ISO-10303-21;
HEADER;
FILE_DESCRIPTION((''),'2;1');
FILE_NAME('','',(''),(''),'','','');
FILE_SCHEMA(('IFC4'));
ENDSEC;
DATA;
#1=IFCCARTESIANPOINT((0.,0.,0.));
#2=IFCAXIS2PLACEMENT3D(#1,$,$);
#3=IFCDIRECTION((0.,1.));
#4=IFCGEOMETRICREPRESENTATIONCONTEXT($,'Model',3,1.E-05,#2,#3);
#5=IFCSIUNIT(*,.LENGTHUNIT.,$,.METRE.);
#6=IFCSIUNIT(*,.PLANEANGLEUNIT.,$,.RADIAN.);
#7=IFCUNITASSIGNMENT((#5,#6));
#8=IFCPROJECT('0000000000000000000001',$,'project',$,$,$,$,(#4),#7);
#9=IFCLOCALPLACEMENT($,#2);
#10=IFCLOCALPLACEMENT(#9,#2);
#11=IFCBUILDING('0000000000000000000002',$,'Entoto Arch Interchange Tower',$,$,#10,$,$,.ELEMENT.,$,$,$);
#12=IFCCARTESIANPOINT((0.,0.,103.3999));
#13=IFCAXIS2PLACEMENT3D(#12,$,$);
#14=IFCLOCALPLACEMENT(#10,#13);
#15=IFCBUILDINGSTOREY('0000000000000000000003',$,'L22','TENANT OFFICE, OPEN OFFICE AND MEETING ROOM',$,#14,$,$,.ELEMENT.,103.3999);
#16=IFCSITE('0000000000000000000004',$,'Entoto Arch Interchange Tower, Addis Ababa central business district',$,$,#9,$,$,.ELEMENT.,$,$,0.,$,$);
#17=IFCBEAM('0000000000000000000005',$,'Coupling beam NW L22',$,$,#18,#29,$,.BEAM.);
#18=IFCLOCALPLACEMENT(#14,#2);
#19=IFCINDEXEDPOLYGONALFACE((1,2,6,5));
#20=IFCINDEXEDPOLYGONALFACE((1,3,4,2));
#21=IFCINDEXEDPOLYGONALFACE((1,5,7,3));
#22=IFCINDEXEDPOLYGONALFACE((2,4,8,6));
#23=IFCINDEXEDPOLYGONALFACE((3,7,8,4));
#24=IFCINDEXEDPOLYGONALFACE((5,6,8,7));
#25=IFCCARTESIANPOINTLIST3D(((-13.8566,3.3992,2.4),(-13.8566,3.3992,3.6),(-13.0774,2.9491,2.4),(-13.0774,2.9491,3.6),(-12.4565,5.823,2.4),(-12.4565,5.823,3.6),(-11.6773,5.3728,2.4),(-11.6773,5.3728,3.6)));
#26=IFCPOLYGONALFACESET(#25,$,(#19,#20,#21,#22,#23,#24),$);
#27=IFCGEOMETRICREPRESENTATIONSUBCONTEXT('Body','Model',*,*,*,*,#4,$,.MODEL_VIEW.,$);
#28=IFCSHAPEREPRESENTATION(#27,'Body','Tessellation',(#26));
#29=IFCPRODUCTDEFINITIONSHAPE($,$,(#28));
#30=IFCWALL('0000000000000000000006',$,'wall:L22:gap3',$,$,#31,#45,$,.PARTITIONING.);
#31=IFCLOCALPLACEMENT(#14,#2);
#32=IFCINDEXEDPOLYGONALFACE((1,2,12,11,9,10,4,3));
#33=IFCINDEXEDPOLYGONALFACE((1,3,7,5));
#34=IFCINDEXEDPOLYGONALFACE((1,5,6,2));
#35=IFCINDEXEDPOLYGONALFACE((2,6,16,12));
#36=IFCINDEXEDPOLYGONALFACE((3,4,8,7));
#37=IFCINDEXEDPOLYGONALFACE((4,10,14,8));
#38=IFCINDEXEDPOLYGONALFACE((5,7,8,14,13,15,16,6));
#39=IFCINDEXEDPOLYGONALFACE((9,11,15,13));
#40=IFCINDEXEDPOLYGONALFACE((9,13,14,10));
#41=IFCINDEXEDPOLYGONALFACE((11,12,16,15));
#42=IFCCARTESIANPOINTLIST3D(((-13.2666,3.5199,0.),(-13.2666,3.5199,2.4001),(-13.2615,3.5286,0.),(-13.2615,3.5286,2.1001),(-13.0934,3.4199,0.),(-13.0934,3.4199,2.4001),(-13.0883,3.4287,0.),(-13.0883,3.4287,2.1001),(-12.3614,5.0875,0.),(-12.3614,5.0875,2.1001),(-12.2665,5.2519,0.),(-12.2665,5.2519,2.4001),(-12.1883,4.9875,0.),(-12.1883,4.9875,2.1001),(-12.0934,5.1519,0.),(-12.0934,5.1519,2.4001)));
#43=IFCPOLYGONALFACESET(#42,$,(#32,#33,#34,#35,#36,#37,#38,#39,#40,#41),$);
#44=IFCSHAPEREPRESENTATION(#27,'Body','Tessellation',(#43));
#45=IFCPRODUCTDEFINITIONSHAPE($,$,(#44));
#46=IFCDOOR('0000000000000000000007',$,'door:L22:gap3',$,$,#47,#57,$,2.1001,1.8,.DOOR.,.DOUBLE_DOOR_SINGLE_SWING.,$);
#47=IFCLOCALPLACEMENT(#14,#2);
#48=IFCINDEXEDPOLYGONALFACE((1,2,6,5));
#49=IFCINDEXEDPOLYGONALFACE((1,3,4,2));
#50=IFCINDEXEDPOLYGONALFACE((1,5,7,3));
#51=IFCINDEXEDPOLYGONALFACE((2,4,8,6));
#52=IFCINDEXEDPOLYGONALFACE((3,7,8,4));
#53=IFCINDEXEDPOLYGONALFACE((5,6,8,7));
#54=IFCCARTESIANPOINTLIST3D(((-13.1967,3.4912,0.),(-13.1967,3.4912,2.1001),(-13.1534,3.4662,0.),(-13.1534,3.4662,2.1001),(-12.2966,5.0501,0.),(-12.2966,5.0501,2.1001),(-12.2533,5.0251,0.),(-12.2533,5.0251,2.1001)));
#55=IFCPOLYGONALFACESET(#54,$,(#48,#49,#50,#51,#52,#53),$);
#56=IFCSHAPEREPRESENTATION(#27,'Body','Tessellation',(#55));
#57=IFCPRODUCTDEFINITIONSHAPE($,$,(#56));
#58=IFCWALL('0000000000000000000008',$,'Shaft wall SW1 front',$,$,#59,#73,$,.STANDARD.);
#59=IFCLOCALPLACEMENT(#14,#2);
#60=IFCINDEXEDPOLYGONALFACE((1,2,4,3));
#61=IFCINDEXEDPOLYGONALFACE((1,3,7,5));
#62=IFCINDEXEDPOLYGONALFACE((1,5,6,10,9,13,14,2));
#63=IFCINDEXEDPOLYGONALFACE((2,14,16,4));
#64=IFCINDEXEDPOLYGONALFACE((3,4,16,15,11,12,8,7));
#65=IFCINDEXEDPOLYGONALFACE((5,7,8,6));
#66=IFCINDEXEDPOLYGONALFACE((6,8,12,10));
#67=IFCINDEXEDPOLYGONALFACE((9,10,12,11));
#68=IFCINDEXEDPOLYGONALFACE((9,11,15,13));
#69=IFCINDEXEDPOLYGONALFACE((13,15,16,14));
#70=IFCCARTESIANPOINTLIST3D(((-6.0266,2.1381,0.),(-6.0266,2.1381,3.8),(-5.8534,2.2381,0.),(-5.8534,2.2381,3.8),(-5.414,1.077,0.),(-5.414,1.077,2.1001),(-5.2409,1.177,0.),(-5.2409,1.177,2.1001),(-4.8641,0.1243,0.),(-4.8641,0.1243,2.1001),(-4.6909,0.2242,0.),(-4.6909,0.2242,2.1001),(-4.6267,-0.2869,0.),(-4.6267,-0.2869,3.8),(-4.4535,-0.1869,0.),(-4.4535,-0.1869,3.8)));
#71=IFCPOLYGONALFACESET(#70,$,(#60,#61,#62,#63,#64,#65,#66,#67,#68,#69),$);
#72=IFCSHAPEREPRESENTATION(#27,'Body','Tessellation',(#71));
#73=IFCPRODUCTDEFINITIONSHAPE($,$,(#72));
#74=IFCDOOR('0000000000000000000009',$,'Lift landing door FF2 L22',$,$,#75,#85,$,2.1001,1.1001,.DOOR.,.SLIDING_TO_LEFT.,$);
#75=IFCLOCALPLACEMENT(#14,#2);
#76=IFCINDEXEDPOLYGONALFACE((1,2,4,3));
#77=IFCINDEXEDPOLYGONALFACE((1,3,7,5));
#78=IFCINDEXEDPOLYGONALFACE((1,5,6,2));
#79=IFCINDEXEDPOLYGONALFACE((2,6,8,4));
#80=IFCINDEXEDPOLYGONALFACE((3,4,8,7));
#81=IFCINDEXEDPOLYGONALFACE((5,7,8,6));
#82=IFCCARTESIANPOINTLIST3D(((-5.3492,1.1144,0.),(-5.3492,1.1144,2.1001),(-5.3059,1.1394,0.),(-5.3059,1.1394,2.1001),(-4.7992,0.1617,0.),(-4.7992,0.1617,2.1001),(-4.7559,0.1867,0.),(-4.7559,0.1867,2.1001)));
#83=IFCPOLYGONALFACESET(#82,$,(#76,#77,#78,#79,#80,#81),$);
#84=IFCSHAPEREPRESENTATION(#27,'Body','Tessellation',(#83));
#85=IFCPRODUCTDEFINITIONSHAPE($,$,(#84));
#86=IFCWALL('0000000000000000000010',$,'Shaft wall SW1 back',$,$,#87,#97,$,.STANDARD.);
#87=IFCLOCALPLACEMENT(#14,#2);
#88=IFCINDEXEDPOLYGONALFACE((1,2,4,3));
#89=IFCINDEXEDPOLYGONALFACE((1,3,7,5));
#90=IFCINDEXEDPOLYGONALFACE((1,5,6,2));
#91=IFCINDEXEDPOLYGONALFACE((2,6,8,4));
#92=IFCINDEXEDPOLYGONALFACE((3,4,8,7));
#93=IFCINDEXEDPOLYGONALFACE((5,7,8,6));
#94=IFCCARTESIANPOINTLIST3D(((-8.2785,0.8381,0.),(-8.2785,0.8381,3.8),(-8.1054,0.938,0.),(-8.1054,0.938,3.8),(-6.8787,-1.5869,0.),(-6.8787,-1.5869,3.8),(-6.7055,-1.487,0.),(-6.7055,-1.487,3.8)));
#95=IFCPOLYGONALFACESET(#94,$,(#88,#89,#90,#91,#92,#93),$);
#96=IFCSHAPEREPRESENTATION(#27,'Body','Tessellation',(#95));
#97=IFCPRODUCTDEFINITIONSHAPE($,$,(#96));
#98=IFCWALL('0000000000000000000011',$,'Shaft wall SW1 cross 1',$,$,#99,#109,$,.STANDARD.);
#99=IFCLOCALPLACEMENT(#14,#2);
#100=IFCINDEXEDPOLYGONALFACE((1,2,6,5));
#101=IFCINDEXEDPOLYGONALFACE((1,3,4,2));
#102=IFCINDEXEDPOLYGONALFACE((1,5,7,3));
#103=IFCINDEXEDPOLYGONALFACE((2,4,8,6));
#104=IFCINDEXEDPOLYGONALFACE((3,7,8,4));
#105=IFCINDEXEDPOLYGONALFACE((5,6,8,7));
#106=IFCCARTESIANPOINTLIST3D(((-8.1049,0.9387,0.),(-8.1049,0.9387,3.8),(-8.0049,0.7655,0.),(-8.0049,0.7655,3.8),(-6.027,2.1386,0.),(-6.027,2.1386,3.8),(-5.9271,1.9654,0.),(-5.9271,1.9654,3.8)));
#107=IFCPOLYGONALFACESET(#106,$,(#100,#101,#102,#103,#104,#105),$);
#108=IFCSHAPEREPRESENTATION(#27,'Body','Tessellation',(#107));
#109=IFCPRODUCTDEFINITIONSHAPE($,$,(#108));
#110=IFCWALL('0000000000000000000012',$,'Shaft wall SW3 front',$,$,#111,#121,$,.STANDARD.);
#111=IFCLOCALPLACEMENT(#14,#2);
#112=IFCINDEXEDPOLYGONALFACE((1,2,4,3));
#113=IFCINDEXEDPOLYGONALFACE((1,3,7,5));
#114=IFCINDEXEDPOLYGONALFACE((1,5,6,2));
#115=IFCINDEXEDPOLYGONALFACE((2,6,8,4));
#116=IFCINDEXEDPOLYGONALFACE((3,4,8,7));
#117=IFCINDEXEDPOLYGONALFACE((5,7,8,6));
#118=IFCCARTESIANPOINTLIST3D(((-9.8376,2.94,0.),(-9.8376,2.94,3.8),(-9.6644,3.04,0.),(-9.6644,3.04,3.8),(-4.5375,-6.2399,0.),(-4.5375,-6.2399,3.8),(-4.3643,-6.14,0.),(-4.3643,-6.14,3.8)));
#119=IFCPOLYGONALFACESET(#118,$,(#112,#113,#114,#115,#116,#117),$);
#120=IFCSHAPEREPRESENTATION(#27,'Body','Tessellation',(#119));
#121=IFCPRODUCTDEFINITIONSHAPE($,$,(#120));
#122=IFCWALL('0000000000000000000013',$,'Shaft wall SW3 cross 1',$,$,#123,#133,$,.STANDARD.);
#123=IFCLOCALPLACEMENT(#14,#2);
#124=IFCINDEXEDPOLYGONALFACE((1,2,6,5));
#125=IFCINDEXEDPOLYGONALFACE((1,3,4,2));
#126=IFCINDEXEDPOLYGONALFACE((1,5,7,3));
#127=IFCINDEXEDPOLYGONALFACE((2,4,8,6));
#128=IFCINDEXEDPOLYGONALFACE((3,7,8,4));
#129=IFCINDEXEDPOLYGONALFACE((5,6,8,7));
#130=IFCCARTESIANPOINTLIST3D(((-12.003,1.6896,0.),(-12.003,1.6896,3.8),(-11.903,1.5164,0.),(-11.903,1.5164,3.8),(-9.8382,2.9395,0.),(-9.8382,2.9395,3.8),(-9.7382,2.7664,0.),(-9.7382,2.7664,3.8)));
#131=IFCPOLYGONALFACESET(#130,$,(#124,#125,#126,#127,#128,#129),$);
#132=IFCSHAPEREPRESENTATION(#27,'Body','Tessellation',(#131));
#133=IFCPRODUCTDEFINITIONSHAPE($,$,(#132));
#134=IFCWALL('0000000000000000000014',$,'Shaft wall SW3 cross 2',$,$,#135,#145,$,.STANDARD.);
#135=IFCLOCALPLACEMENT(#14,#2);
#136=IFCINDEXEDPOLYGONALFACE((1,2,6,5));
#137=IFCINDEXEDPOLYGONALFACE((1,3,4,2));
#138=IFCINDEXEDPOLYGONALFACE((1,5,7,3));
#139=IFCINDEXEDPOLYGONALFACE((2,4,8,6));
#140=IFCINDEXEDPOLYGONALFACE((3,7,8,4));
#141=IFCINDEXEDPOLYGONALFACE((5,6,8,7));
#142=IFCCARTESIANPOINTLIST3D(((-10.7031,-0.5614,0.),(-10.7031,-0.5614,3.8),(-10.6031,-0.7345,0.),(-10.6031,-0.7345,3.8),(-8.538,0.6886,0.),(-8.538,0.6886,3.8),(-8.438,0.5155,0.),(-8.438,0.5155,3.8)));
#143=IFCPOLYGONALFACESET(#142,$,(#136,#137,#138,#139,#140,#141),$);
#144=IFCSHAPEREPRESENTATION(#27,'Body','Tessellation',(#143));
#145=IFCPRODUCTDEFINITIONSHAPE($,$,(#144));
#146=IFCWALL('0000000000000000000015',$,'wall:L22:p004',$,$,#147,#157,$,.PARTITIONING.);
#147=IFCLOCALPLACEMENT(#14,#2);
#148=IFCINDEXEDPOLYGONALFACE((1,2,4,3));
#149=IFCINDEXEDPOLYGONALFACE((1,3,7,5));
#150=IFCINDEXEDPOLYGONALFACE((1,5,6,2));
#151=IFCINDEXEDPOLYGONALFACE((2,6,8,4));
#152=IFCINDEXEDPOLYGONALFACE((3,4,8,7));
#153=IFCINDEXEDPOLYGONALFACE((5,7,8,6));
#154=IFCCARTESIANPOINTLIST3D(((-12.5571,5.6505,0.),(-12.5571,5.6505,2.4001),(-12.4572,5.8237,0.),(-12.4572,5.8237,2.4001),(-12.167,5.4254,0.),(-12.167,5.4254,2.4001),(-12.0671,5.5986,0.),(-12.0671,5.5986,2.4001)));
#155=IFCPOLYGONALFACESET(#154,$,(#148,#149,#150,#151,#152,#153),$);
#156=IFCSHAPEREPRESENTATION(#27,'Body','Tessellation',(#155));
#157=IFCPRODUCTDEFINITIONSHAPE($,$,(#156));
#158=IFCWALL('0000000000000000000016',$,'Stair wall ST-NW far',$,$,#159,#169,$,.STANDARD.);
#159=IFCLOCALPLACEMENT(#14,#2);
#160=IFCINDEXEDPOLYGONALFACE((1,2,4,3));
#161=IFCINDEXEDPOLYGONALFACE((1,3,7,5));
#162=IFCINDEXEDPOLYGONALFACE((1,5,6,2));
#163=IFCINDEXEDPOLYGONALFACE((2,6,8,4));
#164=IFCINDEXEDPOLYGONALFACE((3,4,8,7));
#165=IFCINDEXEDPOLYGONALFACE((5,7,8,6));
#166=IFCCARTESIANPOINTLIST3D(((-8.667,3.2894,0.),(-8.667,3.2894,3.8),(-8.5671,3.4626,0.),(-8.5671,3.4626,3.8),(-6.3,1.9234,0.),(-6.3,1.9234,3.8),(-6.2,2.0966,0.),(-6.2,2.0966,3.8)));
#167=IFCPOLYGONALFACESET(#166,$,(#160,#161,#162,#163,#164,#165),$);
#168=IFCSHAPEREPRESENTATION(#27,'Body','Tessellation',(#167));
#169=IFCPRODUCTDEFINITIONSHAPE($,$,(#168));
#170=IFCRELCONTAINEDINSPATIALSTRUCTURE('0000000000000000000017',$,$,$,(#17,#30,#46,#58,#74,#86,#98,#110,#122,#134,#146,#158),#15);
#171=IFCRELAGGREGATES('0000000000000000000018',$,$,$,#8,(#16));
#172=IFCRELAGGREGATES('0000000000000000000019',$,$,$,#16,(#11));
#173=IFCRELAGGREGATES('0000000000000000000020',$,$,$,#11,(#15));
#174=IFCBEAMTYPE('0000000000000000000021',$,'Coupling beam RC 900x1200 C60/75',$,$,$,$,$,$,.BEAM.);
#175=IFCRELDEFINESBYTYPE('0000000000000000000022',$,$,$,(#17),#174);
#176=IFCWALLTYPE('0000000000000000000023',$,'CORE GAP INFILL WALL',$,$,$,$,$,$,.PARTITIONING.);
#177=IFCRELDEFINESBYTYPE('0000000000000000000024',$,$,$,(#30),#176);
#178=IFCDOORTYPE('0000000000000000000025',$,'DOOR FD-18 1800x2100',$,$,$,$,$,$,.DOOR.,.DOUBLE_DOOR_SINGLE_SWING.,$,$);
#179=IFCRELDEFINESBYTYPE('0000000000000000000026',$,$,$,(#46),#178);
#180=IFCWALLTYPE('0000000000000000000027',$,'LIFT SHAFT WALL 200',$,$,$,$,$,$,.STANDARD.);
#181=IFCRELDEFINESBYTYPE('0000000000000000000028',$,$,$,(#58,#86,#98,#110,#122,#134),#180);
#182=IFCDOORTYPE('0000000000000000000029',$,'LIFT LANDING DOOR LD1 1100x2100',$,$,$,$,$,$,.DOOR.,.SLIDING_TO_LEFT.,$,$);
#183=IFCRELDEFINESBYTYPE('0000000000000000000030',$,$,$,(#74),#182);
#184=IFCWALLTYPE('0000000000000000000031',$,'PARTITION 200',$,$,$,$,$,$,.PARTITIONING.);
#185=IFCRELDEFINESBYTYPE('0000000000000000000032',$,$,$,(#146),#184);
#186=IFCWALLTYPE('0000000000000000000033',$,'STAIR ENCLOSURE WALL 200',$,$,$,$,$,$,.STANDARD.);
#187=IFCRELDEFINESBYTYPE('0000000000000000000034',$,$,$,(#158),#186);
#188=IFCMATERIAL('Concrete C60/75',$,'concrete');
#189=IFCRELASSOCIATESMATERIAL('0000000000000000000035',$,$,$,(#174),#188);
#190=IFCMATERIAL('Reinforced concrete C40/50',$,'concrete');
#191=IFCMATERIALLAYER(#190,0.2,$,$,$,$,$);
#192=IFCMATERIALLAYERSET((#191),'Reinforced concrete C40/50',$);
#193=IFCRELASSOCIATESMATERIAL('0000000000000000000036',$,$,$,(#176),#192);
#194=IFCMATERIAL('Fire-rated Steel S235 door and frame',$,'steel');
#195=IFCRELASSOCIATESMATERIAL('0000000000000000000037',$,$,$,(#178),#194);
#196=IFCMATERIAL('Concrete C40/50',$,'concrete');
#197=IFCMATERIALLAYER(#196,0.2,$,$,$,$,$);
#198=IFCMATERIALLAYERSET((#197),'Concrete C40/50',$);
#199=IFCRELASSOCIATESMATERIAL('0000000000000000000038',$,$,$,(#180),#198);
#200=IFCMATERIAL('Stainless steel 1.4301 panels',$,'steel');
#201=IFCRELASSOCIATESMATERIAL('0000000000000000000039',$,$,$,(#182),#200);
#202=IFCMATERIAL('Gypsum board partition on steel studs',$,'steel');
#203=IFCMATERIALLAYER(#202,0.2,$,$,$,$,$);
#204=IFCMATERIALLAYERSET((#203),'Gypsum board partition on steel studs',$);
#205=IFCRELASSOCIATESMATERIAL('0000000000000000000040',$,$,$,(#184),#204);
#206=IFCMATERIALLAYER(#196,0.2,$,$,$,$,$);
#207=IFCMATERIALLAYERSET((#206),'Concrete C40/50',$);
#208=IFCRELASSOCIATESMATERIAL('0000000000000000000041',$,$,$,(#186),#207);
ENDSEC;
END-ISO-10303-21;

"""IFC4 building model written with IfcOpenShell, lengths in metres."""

from ifc_helpers import new_model, si_unit, direction, frame, frame_2d, origin, origin_2d, place, context, subcontext, project, spatial, rectangle, extrude, material, layer, layer_set, material_profile, profile_set, type_object, element, fill, save


model = new_model("IFC4")

# Units and contexts
model_context = context("Model", 3, precision=1e-05, world=origin(), true_north=direction((0.0, 1.0)))
body_context = subcontext(model_context, "Body", "Model", "MODEL_VIEW")
ifc_project = project(units=[si_unit("LENGTHUNIT", "METRE"), si_unit("PLANEANGLEUNIT", "RADIAN")], contexts=[model_context])

# Site, building, storey
site_placement = place(None, origin())
site = spatial("IfcSite", under=ifc_project, at=site_placement, Name="Entoto Arch Interchange Tower, Addis Ababa central business district", CompositionType="ELEMENT", RefElevation=0.0)
building_placement = place(site_placement, origin())
building = spatial("IfcBuilding", under=site, at=building_placement, Name="Entoto Arch Interchange Tower", CompositionType="ELEMENT")
storey_placement = place(building_placement, frame((0.0, 0.0, 103.3999)))
storey = spatial("IfcBuildingStorey", under=building, at=storey_placement, Name="L22", Description="TENANT OFFICE, OPEN OFFICE AND MEETING ROOM", CompositionType="ELEMENT", Elevation=103.3999)

# Beam
ifc_material_1 = material(Name="Concrete C60/75", Category="concrete")
ifc_material_profile = material_profile(ifc_material_1, rectangle(XDim=0.8999, YDim=1.2, at=origin_2d()))
ifc_profile_set = profile_set([ifc_material_profile], Name="Concrete C60/75")
beam_type = type_object("IfcBeamType", Name="Coupling beam RC 900x1200 C60/75", PredefinedType="BEAM", material=ifc_profile_set)
beam_placement = place(storey_placement, frame((-12.0669, 5.5979, 3.0), z_axis=(-0.500201, -0.86591, 0.0), x_axis=(0.86591, -0.500201, 0.0)))
element("IfcBeam", 1, at=beam_placement, inside=storey, type_object=beam_type, Name="Coupling beam NW L22", PredefinedType="BEAM", context=body_context, shape_type="SweptSolid", body=[
    extrude(rectangle(XDim=0.8999, YDim=1.2, at=origin_2d()), origin(), (0.0, 0.0, 1.0), 2.7991),
])

# Walls, openings, doors
ifc_material_2 = material(Name="Reinforced concrete C40/50", Category="concrete")
ifc_layer_1 = layer(ifc_material_2, 0.2)
ifc_layer_set_1 = layer_set([ifc_layer_1], Name="Reinforced concrete C40/50")
wall_type_1 = type_object("IfcWallType", Name="CORE GAP INFILL WALL", PredefinedType="PARTITIONING", material=ifc_layer_set_1)
wall_1_placement = place(storey_placement, frame((-12.1799, 5.2019, 0.0), z_axis=(0.0, 0.0, 1.0), x_axis=(-0.500025, -0.866011, 0.0)))
wall_1 = element("IfcWall", 2, at=wall_1_placement, inside=storey, type_object=wall_type_1, Name="wall:L22:gap3", PredefinedType="PARTITIONING", context=body_context, shape_type="SweptSolid", body=[
    extrude(rectangle(XDim=2.0, YDim=0.2, at=frame_2d((1.0, 0.0))), origin(), (0.0, 0.0, 1.0), 2.4001),
])
opening_1_placement = place(wall_1_placement, frame((0.1899, 0.0, 0.0)))
opening_1 = element("IfcOpeningElement", 3, at=opening_1_placement, cuts=wall_1, PredefinedType="OPENING", context=body_context, shape_type="SweptSolid", body=[
    extrude(rectangle(XDim=1.8, YDim=2.1001, at=frame_2d((0.8999, 1.05))), frame((0.0, 0.1099, 0.0), z_axis=(0.0, -1.0, 0.0), x_axis=(1.0, 0.0, 0.0)), (0.0, 0.0, 1.0), 0.22),
])
ifc_material_3 = material(Name="Fire-rated Steel S235 door and frame", Category="steel")
door_type_1 = type_object("IfcDoorType", Name="DOOR FD-18 1800x2100", OperationType="DOUBLE_DOOR_SINGLE_SWING", PredefinedType="DOOR", material=ifc_material_3)
door_1_placement = place(opening_1_placement, origin())
door_1 = element("IfcDoor", 4, at=door_1_placement, inside=storey, type_object=door_type_1, Name="door:L22:gap3", OperationType="DOUBLE_DOOR_SINGLE_SWING", OverallHeight=2.1001, OverallWidth=1.8, PredefinedType="DOOR", context=body_context, shape_type="SweptSolid", body=[
    extrude(rectangle(XDim=1.8, YDim=2.1001, at=frame_2d((0.8999, 1.05))), frame((0.0, 0.0249, 0.0), z_axis=(0.0, -1.0, 0.0), x_axis=(1.0, 0.0, 0.0)), (0.0, 0.0, 1.0), 0.05),
])
fill(opening_1, door_1)
ifc_material_4 = material(Name="Concrete C40/50", Category="concrete")
ifc_layer_2 = layer(ifc_material_4, 0.2)
ifc_layer_set_2 = layer_set([ifc_layer_2], Name="Concrete C40/50")
wall_type_2 = type_object("IfcWallType", Name="LIFT SHAFT WALL 200", PredefinedType="STANDARD", material=ifc_layer_set_2)
wall_2_placement = place(storey_placement, frame((-5.9399, 2.188, 0.0), z_axis=(0.0, 0.0, 1.0), x_axis=(0.499946, -0.866056, 0.0)))
wall_2 = element("IfcWall", 5, at=wall_2_placement, inside=storey, type_object=wall_type_2, Name="Shaft wall SW1 front", PredefinedType="STANDARD", context=body_context, shape_type="SweptSolid", body=[
    extrude(rectangle(XDim=2.8, YDim=0.2, at=frame_2d((1.3999, 0.0))), origin(), (0.0, 0.0, 1.0), 3.8),
])
opening_2_placement = place(wall_2_placement, frame((1.2251, 0.0, 0.0)))
opening_2 = element("IfcOpeningElement", 6, at=opening_2_placement, cuts=wall_2, PredefinedType="OPENING", context=body_context, shape_type="SweptSolid", body=[
    extrude(rectangle(XDim=1.1001, YDim=2.1001, at=frame_2d((0.55, 1.05))), frame((0.0, 0.1099, 0.0), z_axis=(0.0, -1.0, 0.0), x_axis=(1.0, 0.0, 0.0)), (0.0, 0.0, 1.0), 0.22),
])
ifc_material_5 = material(Name="Stainless steel 1.4301 panels", Category="steel")
door_type_2 = type_object("IfcDoorType", Name="LIFT LANDING DOOR LD1 1100x2100", OperationType="SLIDING_TO_LEFT", PredefinedType="DOOR", material=ifc_material_5)
door_2_placement = place(opening_2_placement, origin())
door_2 = element("IfcDoor", 7, at=door_2_placement, inside=storey, type_object=door_type_2, Name="Lift landing door FF2 L22", OperationType="SLIDING_TO_LEFT", OverallHeight=2.1001, OverallWidth=1.1001, PredefinedType="DOOR", context=body_context, shape_type="SweptSolid", body=[
    extrude(rectangle(XDim=1.1001, YDim=2.1001, at=frame_2d((0.55, 1.05))), frame((0.0, 0.0249, 0.0), z_axis=(0.0, -1.0, 0.0), x_axis=(1.0, 0.0, 0.0)), (0.0, 0.0, 1.0), 0.05),
])
fill(opening_2, door_2)

# Walls
wall_3_placement = place(storey_placement, frame((-8.1919, 0.8879, 0.0), z_axis=(0.0, 0.0, 1.0), x_axis=(0.499946, -0.866056, 0.0)))
element("IfcWall", 8, at=wall_3_placement, inside=storey, type_object=wall_type_2, Name="Shaft wall SW1 back", PredefinedType="STANDARD", context=body_context, shape_type="SweptSolid", body=[
    extrude(rectangle(XDim=2.8, YDim=0.2, at=frame_2d((1.3999, 0.0))), origin(), (0.0, 0.0, 1.0), 3.8),
])
wall_4_placement = place(storey_placement, frame((-5.9771, 2.052, 0.0), z_axis=(0.0, 0.0, 1.0), x_axis=(-0.865974, -0.500089, 0.0)))
element("IfcWall", 9, at=wall_4_placement, inside=storey, type_object=wall_type_2, Name="Shaft wall SW1 cross 1", PredefinedType="STANDARD", context=body_context, shape_type="SweptSolid", body=[
    extrude(rectangle(XDim=2.3994, YDim=0.2, at=frame_2d((1.1997, 0.0))), origin(), (0.0, 0.0, 1.0), 3.8),
])
wall_5_placement = place(storey_placement, frame((-9.751, 2.99, 0.0), z_axis=(0.0, 0.0, 1.0), x_axis=(0.500001, -0.866025, 0.0)))
element("IfcWall", 10, at=wall_5_placement, inside=storey, type_object=wall_type_2, Name="Shaft wall SW3 front", PredefinedType="STANDARD", context=body_context, shape_type="SweptSolid", body=[
    extrude(rectangle(XDim=10.6001, YDim=0.2, at=frame_2d((5.3, 0.0))), origin(), (0.0, 0.0, 1.0), 3.8),
])
wall_6_placement = place(storey_placement, frame((-9.7881, 2.853, 0.0), z_axis=(0.0, 0.0, 1.0), x_axis=(-0.865999, -0.500047, 0.0)))
element("IfcWall", 11, at=wall_6_placement, inside=storey, type_object=wall_type_2, Name="Shaft wall SW3 cross 1", PredefinedType="STANDARD", context=body_context, shape_type="SweptSolid", body=[
    extrude(rectangle(XDim=2.4998, YDim=0.2, at=frame_2d((1.25, 0.0))), origin(), (0.0, 0.0, 1.0), 3.8),
])
wall_7_placement = place(storey_placement, frame((-8.488, 0.6021, 0.0), z_axis=(0.0, 0.0, 1.0), x_axis=(-0.866023, -0.500004, 0.0)))
element("IfcWall", 12, at=wall_7_placement, inside=storey, type_object=wall_type_2, Name="Shaft wall SW3 cross 2", PredefinedType="STANDARD", context=body_context, shape_type="SweptSolid", body=[
    extrude(rectangle(XDim=2.5, YDim=0.2, at=frame_2d((1.25, 0.0))), origin(), (0.0, 0.0, 1.0), 3.8),
])
ifc_material_6 = material(Name="Gypsum board partition on steel studs", Category="steel")
ifc_layer_3 = layer(ifc_material_6, 0.2)
ifc_layer_set_3 = layer_set([ifc_layer_3], Name="Gypsum board partition on steel studs")
wall_type_3 = type_object("IfcWallType", Name="PARTITION 200", PredefinedType="PARTITIONING", material=ifc_layer_set_3)
wall_8_placement = place(storey_placement, frame((-12.5071, 5.7371, 0.0), z_axis=(0.0, 0.0, 1.0), x_axis=(0.866168, -0.499754, 0.0)))
element("IfcWall", 13, at=wall_8_placement, inside=storey, type_object=wall_type_3, Name="wall:L22:p004", PredefinedType="PARTITIONING", context=body_context, shape_type="SweptSolid", body=[
    extrude(rectangle(XDim=0.4504, YDim=0.2, at=frame_2d((0.2251, 0.0))), origin(), (0.0, 0.0, 1.0), 2.4001),
])
ifc_layer_4 = layer(ifc_material_4, 0.2)
ifc_layer_set_4 = layer_set([ifc_layer_4], Name="Concrete C40/50")
wall_type_4 = type_object("IfcWallType", Name="STAIR ENCLOSURE WALL 200", PredefinedType="STANDARD", material=ifc_layer_set_4)
wall_9_placement = place(storey_placement, frame((-6.25, 2.01, 0.0), z_axis=(0.0, 0.0, 1.0), x_axis=(-0.866119, 0.499838, 0.0)))
element("IfcWall", 14, at=wall_9_placement, inside=storey, type_object=wall_type_4, Name="Stair wall ST-NW far", PredefinedType="STANDARD", context=body_context, shape_type="SweptSolid", body=[
    extrude(rectangle(XDim=2.7329, YDim=0.2, at=frame_2d((1.3665, 0.0))), origin(), (0.0, 0.0, 1.0), 3.8),
])

save(model, "model.ifc")
